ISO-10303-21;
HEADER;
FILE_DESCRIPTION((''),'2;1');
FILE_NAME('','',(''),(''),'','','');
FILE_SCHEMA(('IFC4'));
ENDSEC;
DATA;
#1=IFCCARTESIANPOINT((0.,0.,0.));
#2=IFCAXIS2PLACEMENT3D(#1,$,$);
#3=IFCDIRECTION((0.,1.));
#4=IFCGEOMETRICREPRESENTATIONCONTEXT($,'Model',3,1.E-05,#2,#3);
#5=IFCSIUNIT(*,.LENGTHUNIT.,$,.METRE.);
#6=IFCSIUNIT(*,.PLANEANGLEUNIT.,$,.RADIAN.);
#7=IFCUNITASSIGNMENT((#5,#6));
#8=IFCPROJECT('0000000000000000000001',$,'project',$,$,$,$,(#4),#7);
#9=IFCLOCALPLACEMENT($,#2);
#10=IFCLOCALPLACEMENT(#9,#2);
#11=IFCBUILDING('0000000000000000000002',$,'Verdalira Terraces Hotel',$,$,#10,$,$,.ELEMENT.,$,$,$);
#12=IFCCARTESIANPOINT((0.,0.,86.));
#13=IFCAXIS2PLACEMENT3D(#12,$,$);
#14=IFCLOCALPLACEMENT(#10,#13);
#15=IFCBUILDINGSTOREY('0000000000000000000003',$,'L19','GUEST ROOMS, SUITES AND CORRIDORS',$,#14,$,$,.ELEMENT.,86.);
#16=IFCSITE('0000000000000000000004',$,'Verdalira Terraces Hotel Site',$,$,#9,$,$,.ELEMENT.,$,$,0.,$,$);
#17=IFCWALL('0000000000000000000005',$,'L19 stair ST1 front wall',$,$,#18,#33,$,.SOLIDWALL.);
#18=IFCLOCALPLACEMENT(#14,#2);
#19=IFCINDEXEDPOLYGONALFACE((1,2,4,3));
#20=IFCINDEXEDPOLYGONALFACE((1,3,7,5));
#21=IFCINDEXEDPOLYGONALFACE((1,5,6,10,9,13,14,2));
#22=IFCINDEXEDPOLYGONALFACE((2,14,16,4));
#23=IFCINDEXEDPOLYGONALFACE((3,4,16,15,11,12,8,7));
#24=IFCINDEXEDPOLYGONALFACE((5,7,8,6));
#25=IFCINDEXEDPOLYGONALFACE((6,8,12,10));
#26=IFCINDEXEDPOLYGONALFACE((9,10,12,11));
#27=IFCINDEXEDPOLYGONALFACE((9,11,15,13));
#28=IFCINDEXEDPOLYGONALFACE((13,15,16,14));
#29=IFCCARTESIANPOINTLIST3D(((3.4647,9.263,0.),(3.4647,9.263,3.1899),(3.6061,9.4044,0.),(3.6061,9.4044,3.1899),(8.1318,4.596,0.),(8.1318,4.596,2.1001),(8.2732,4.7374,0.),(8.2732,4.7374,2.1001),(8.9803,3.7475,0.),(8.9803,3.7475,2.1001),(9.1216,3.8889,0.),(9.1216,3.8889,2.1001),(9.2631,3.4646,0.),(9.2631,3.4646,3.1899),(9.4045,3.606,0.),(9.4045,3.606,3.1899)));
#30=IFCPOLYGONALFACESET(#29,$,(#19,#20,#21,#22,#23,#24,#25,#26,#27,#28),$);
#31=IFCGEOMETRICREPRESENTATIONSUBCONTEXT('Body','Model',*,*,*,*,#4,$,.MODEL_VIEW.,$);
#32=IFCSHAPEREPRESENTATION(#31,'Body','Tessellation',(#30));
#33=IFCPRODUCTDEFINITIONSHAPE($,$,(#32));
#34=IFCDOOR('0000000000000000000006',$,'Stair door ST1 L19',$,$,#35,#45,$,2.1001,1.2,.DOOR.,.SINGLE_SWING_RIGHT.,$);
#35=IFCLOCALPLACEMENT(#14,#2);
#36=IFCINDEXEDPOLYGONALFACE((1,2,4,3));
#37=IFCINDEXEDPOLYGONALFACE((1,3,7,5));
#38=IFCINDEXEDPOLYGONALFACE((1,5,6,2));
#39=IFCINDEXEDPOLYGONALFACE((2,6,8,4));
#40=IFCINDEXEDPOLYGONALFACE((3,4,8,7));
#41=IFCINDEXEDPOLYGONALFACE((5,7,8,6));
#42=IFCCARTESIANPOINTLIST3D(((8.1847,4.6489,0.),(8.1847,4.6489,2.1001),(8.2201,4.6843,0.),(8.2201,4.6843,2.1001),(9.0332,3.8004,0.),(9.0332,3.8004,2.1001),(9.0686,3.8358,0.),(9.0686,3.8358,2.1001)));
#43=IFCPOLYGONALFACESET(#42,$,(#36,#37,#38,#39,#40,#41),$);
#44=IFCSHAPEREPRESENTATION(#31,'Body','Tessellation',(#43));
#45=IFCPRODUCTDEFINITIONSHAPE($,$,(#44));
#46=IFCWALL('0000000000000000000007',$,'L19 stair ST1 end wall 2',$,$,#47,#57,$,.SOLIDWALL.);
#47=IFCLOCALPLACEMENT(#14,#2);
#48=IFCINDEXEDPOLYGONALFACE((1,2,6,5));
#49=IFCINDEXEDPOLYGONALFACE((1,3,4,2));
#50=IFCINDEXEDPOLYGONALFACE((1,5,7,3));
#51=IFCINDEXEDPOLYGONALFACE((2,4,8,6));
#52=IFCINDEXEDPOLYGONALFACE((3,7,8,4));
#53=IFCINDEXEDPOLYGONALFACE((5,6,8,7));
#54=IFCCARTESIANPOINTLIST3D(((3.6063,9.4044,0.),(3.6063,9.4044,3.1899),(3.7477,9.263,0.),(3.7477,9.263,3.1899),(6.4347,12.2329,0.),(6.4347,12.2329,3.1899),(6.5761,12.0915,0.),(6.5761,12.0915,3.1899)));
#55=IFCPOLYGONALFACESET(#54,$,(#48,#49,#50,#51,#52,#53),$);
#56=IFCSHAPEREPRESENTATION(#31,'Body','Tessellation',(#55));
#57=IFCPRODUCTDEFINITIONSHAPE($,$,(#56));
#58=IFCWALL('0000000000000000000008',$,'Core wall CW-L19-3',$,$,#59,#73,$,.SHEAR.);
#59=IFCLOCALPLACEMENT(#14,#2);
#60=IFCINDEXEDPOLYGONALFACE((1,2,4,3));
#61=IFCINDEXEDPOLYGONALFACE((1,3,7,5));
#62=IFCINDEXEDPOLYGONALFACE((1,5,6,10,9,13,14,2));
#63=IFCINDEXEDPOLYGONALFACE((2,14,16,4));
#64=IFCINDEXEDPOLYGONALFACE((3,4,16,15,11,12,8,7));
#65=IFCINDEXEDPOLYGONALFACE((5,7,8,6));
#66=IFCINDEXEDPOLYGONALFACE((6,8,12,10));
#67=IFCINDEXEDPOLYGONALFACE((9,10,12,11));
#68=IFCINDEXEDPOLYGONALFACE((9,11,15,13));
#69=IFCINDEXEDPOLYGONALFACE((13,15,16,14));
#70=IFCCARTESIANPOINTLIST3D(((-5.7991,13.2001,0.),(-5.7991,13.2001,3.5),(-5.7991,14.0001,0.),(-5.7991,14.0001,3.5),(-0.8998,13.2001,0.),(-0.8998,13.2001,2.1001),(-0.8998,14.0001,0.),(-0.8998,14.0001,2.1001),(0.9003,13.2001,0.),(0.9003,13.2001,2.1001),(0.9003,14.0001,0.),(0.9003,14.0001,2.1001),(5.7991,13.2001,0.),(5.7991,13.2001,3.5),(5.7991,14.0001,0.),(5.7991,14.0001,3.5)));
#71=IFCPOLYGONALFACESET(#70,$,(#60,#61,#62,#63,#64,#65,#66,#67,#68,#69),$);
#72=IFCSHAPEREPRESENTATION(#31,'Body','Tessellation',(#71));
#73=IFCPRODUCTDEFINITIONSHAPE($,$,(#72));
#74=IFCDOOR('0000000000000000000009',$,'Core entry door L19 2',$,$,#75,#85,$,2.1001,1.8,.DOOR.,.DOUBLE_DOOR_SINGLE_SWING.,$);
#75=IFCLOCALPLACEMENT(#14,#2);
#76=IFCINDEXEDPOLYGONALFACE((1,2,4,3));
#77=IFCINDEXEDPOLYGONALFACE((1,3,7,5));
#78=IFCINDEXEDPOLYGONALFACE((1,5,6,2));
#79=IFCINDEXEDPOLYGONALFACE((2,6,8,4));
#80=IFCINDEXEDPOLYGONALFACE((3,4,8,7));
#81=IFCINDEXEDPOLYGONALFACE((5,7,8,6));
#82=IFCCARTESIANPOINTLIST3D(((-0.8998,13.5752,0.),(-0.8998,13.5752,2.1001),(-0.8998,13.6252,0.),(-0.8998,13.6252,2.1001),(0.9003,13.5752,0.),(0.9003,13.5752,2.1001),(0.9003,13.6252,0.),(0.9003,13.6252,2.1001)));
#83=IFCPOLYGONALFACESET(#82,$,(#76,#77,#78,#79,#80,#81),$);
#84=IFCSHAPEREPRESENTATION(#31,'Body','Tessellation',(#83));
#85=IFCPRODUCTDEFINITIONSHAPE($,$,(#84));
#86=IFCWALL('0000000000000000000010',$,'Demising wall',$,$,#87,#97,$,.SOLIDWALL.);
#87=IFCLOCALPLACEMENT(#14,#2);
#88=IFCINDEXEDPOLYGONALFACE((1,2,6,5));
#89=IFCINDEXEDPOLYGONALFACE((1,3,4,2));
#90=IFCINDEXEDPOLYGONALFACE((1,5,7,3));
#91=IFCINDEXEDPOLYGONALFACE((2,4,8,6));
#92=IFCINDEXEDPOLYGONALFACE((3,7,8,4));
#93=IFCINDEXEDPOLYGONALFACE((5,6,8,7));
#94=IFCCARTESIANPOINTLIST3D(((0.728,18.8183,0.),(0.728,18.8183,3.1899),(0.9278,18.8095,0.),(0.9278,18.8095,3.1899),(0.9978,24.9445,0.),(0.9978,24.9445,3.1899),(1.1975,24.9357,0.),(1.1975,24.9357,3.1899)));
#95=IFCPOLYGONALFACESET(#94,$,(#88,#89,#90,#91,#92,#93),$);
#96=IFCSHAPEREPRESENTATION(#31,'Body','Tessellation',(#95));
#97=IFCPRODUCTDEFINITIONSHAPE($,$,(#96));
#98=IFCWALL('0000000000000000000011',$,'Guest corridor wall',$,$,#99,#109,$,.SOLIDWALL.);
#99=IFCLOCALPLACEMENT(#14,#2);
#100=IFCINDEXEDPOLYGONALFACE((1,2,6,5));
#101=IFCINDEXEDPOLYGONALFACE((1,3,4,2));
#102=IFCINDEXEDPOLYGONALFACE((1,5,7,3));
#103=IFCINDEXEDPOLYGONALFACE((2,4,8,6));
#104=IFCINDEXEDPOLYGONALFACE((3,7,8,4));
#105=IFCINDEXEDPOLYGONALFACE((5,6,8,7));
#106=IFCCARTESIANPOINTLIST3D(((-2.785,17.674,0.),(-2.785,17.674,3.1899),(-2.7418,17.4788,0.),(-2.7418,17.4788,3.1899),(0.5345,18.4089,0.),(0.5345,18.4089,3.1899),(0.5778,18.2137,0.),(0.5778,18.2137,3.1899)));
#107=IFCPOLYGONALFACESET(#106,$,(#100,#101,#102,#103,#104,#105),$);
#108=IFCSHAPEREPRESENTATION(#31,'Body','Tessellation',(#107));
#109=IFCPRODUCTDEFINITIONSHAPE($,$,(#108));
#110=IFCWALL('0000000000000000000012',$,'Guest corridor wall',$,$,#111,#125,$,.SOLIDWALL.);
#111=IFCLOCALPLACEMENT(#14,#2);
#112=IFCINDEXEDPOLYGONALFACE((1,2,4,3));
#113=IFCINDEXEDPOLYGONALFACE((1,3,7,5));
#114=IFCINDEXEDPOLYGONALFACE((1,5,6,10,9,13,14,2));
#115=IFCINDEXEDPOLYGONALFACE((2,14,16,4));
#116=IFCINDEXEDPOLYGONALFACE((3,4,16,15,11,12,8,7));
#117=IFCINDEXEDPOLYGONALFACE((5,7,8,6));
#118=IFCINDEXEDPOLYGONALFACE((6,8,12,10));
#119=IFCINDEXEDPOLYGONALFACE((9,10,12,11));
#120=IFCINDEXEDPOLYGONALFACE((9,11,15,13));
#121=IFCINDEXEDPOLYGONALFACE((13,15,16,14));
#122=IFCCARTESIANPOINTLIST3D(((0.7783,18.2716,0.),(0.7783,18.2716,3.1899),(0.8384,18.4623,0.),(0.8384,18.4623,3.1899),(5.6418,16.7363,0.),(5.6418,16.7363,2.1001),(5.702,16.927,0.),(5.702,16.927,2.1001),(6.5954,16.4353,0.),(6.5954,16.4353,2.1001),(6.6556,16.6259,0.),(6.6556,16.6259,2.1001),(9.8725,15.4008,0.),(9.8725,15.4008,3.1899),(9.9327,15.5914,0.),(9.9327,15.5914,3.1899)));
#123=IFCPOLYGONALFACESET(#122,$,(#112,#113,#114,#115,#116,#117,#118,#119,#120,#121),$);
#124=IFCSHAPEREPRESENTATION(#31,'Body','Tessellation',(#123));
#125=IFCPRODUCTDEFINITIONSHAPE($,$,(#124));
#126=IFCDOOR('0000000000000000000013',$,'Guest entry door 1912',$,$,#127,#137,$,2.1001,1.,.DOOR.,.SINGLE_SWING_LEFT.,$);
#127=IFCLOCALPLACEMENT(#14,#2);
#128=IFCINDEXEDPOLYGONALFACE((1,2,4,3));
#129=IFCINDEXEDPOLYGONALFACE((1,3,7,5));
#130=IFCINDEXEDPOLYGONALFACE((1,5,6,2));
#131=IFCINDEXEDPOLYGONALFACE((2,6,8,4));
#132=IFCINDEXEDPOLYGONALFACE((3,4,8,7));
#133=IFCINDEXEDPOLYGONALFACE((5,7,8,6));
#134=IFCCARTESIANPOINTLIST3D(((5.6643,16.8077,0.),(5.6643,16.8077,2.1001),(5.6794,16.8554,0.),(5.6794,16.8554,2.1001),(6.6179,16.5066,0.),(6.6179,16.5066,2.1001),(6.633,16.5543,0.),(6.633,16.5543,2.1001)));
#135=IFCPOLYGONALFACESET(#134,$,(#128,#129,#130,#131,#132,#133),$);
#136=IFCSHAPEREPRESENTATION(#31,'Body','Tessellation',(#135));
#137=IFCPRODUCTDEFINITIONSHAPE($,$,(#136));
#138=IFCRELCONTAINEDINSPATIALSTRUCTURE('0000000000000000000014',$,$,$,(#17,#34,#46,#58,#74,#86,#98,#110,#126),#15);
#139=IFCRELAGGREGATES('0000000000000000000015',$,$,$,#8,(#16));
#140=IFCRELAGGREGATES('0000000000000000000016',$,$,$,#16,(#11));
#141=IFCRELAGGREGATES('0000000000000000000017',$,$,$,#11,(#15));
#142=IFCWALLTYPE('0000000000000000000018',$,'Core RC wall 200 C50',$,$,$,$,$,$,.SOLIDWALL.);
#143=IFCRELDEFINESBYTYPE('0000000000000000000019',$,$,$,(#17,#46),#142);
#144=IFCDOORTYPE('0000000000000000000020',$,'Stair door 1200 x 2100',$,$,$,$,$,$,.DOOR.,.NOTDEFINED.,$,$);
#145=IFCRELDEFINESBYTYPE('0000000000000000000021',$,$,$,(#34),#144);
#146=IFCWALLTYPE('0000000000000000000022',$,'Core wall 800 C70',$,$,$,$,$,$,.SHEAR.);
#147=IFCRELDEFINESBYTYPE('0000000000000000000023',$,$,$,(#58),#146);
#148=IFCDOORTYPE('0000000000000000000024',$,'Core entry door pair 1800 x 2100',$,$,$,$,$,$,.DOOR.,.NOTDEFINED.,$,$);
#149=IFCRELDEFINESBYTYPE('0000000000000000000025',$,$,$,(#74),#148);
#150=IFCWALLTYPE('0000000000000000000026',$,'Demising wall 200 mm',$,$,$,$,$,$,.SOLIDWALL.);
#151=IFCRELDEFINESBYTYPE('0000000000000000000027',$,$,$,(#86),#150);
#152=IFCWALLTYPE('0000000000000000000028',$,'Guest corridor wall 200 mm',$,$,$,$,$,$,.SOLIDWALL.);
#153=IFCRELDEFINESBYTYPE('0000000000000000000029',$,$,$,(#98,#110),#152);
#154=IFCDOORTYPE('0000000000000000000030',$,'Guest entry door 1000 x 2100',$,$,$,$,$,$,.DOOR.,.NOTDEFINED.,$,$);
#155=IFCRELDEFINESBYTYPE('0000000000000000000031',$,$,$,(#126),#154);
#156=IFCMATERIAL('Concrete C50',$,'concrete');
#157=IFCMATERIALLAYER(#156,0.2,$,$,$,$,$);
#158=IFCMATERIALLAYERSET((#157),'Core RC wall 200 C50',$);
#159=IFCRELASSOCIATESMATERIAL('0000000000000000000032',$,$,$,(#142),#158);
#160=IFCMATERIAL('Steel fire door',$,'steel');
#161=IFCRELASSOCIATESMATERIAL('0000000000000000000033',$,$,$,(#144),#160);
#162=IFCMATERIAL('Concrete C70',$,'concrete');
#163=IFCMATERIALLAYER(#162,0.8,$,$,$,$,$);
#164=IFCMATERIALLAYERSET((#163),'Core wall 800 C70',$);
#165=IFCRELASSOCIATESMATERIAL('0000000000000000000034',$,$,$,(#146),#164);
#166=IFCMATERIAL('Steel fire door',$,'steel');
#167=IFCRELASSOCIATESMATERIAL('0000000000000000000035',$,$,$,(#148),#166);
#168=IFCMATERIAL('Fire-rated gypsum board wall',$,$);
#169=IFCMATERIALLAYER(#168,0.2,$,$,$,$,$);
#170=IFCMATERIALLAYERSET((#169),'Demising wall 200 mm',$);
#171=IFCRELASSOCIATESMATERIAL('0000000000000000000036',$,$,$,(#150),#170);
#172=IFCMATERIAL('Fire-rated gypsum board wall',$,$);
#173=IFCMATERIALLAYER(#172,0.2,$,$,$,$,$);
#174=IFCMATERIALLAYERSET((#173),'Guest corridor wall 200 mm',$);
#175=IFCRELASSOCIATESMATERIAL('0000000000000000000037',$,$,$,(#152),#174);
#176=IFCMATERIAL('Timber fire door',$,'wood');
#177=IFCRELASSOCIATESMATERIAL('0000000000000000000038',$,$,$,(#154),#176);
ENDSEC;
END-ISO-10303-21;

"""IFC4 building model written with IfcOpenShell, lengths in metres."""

from ifc_helpers import new_model, si_unit, direction, frame, frame_2d, origin, place, context, subcontext, project, spatial, rectangle, extrude, material, layer, layer_set, type_object, element, fill, save


model = new_model("IFC4")

# Units and contexts
model_context = context("Model", 3, precision=1e-05, world=origin(), true_north=direction((0.0, 1.0)))
body_context = subcontext(model_context, "Body", "Model", "MODEL_VIEW")
ifc_project = project(units=[si_unit("LENGTHUNIT", "METRE"), si_unit("PLANEANGLEUNIT", "RADIAN")], contexts=[model_context])

# Site, building, storey
site_placement = place(None, origin())
site = spatial("IfcSite", under=ifc_project, at=site_placement, Name="Verdalira Terraces Hotel Site", CompositionType="ELEMENT", RefElevation=0.0)
building_placement = place(site_placement, origin())
building = spatial("IfcBuilding", under=site, at=building_placement, Name="Verdalira Terraces Hotel", CompositionType="ELEMENT")
storey_placement = place(building_placement, frame((0.0, 0.0, 86.0)))
storey = spatial("IfcBuildingStorey", under=building, at=storey_placement, Name="L19", Description="GUEST ROOMS, SUITES AND CORRIDORS", CompositionType="ELEMENT", Elevation=86.0)

# Wall, opening, door
ifc_material_1 = material(Name="Concrete C50", Category="concrete")
ifc_layer_1 = layer(ifc_material_1, 0.2)
ifc_layer_set_1 = layer_set([ifc_layer_1], Name="Core RC wall 200 C50")
wall_type_1 = type_object("IfcWallType", Name="Core RC wall 200 C50", PredefinedType="SOLIDWALL", material=ifc_layer_set_1)
wall_1_placement = place(storey_placement, frame((3.5354, 9.3337, 0.0), z_axis=(0.0, 0.0, 1.0), x_axis=(0.707107, -0.707107, 0.0)))
wall_1 = element("IfcWall", 1, at=wall_1_placement, inside=storey, type_object=wall_type_1, Name="L19 stair ST1 front wall", PredefinedType="SOLIDWALL", context=body_context, shape_type="SweptSolid", body=[
    extrude(rectangle(XDim=8.2002, YDim=0.2, at=frame_2d((4.1001, 0.0))), origin(), (0.0, 0.0, 1.0), 3.1899),
])
opening_1_placement = place(wall_1_placement, frame((6.6001, 0.0, 0.0)))
opening_1 = element("IfcOpeningElement", 2, at=opening_1_placement, cuts=wall_1, PredefinedType="OPENING", context=body_context, shape_type="SweptSolid", body=[
    extrude(rectangle(XDim=1.2, YDim=2.1001, at=frame_2d((0.6001, 1.05))), frame((0.0, 0.1099, 0.0), z_axis=(0.0, -1.0, 0.0), x_axis=(1.0, 0.0, 0.0)), (0.0, 0.0, 1.0), 0.22),
])
ifc_material_2 = material(Name="Steel fire door", Category="steel")
door_type_1 = type_object("IfcDoorType", Name="Stair door 1200 x 2100", OperationType="NOTDEFINED", PredefinedType="DOOR", material=ifc_material_2)
door_1_placement = place(opening_1_placement, origin())
door_1 = element("IfcDoor", 3, at=door_1_placement, inside=storey, type_object=door_type_1, Name="Stair door ST1 L19", OperationType="SINGLE_SWING_RIGHT", OverallHeight=2.1001, OverallWidth=1.2, PredefinedType="DOOR", context=body_context, shape_type="SweptSolid", body=[
    extrude(rectangle(XDim=1.2, YDim=2.1001, at=frame_2d((0.6001, 1.05))), frame((0.0, 0.0249, 0.0), z_axis=(0.0, -1.0, 0.0), x_axis=(1.0, 0.0, 0.0)), (0.0, 0.0, 1.0), 0.05),
])
fill(opening_1, door_1)

# Wall
wall_2_placement = place(storey_placement, frame((3.677, 9.3337, 0.0), z_axis=(0.0, 0.0, 1.0), x_axis=(0.707107, 0.707107, 0.0)))
element("IfcWall", 4, at=wall_2_placement, inside=storey, type_object=wall_type_1, Name="L19 stair ST1 end wall 2", PredefinedType="SOLIDWALL", context=body_context, shape_type="SweptSolid", body=[
    extrude(rectangle(XDim=4.0, YDim=0.2, at=frame_2d((2.0, 0.0))), origin(), (0.0, 0.0, 1.0), 3.1899),
])

# Wall, opening, door
ifc_material_3 = material(Name="Concrete C70", Category="concrete")
ifc_layer_2 = layer(ifc_material_3, 0.8)
ifc_layer_set_2 = layer_set([ifc_layer_2], Name="Core wall 800 C70")
wall_type_2 = type_object("IfcWallType", Name="Core wall 800 C70", PredefinedType="SHEAR", material=ifc_layer_set_2)
wall_3_placement = place(storey_placement, frame((5.7991, 13.6001, 0.0), z_axis=(0.0, 0.0, 1.0), x_axis=(-1.0, 0.0, 0.0)))
wall_3 = element("IfcWall", 5, at=wall_3_placement, inside=storey, type_object=wall_type_2, Name="Core wall CW-L19-3", PredefinedType="SHEAR", context=body_context, shape_type="SweptSolid", body=[
    extrude(rectangle(XDim=11.5981, YDim=0.8, at=frame_2d((5.7991, 0.0))), origin(), (0.0, 0.0, 1.0), 3.5),
])
opening_2_placement = place(wall_3_placement, frame((4.8989, 0.0, 0.0)))
opening_2 = element("IfcOpeningElement", 6, at=opening_2_placement, cuts=wall_3, PredefinedType="OPENING", context=body_context, shape_type="SweptSolid", body=[
    extrude(rectangle(XDim=1.8, YDim=2.1001, at=frame_2d((0.8999, 1.05))), frame((0.0, 0.4099, 0.0), z_axis=(0.0, -1.0, 0.0), x_axis=(1.0, 0.0, 0.0)), (0.0, 0.0, 1.0), 0.8201),
])
ifc_material_4 = material(Name="Steel fire door", Category="steel")
door_type_2 = type_object("IfcDoorType", Name="Core entry door pair 1800 x 2100", OperationType="NOTDEFINED", PredefinedType="DOOR", material=ifc_material_4)
door_2_placement = place(opening_2_placement, origin())
door_2 = element("IfcDoor", 7, at=door_2_placement, inside=storey, type_object=door_type_2, Name="Core entry door L19 2", OperationType="DOUBLE_DOOR_SINGLE_SWING", OverallHeight=2.1001, OverallWidth=1.8, PredefinedType="DOOR", context=body_context, shape_type="SweptSolid", body=[
    extrude(rectangle(XDim=1.8, YDim=2.1001, at=frame_2d((0.8999, 1.05))), frame((0.0, 0.0249, 0.0), z_axis=(0.0, -1.0, 0.0), x_axis=(1.0, 0.0, 0.0)), (0.0, 0.0, 1.0), 0.05),
])
fill(opening_2, door_2)

# Walls
ifc_material_5 = material(Name="Fire-rated gypsum board wall")
ifc_layer_3 = layer(ifc_material_5, 0.2)
ifc_layer_set_3 = layer_set([ifc_layer_3], Name="Demising wall 200 mm")
wall_type_3 = type_object("IfcWallType", Name="Demising wall 200 mm", PredefinedType="SOLIDWALL", material=ifc_layer_set_3)
wall_4_placement = place(storey_placement, frame((1.0977, 24.9399, 0.0), z_axis=(0.0, 0.0, 1.0), x_axis=(-0.043994, -0.999032, 0.0)))
element("IfcWall", 8, at=wall_4_placement, inside=storey, type_object=wall_type_3, Name="Demising wall", PredefinedType="SOLIDWALL", context=body_context, shape_type="SweptSolid", body=[
    extrude(rectangle(XDim=6.1321, YDim=0.2, at=frame_2d((3.0659, 0.0))), origin(), (0.0, 0.0, 1.0), 3.1899),
])
ifc_material_6 = material(Name="Fire-rated gypsum board wall")
ifc_layer_4 = layer(ifc_material_6, 0.2)
ifc_layer_set_4 = layer_set([ifc_layer_4], Name="Guest corridor wall 200 mm")
wall_type_4 = type_object("IfcWallType", Name="Guest corridor wall 200 mm", PredefinedType="SOLIDWALL", material=ifc_layer_set_4)
wall_5_placement = place(storey_placement, frame((0.5562, 18.3113, 0.0), z_axis=(0.0, 0.0, 1.0), x_axis=(-0.976362, -0.21614, 0.0)))
element("IfcWall", 9, at=wall_5_placement, inside=storey, type_object=wall_type_4, Name="Guest corridor wall", PredefinedType="SOLIDWALL", context=body_context, shape_type="SweptSolid", body=[
    extrude(rectangle(XDim=3.3999, YDim=0.2, at=frame_2d((1.7, 0.0))), origin(), (0.0, 0.0, 1.0), 3.1899),
])

# Wall, opening, door
wall_6_placement = place(storey_placement, frame((0.8084, 18.3669, 0.0), z_axis=(0.0, 0.0, 1.0), x_axis=(0.953613, -0.301035, 0.0)))
wall_6 = element("IfcWall", 10, at=wall_6_placement, inside=storey, type_object=wall_type_4, Name="Guest corridor wall", PredefinedType="SOLIDWALL", context=body_context, shape_type="SweptSolid", body=[
    extrude(rectangle(XDim=9.5366, YDim=0.2, at=frame_2d((4.7683, 0.0))), origin(), (0.0, 0.0, 1.0), 3.1899),
])
opening_3_placement = place(wall_6_placement, frame((5.1001, 0.0, 0.0)))
opening_3 = element("IfcOpeningElement", 11, at=opening_3_placement, cuts=wall_6, PredefinedType="OPENING", context=body_context, shape_type="SweptSolid", body=[
    extrude(rectangle(XDim=1.0, YDim=2.1001, at=frame_2d((0.5, 1.05))), frame((0.0, 0.1099, 0.0), z_axis=(0.0, -1.0, 0.0), x_axis=(1.0, 0.0, 0.0)), (0.0, 0.0, 1.0), 0.22),
])
ifc_material_7 = material(Name="Timber fire door", Category="wood")
door_type_3 = type_object("IfcDoorType", Name="Guest entry door 1000 x 2100", OperationType="NOTDEFINED", PredefinedType="DOOR", material=ifc_material_7)
door_3_placement = place(opening_3_placement, origin())
door_3 = element("IfcDoor", 12, at=door_3_placement, inside=storey, type_object=door_type_3, Name="Guest entry door 1912", OperationType="SINGLE_SWING_LEFT", OverallHeight=2.1001, OverallWidth=1.0, PredefinedType="DOOR", context=body_context, shape_type="SweptSolid", body=[
    extrude(rectangle(XDim=1.0, YDim=2.1001, at=frame_2d((0.5, 1.05))), frame((0.0, 0.0249, 0.0), z_axis=(0.0, -1.0, 0.0), x_axis=(1.0, 0.0, 0.0)), (0.0, 0.0, 1.0), 0.05),
])
fill(opening_3, door_3)

save(model, "model.ifc")
